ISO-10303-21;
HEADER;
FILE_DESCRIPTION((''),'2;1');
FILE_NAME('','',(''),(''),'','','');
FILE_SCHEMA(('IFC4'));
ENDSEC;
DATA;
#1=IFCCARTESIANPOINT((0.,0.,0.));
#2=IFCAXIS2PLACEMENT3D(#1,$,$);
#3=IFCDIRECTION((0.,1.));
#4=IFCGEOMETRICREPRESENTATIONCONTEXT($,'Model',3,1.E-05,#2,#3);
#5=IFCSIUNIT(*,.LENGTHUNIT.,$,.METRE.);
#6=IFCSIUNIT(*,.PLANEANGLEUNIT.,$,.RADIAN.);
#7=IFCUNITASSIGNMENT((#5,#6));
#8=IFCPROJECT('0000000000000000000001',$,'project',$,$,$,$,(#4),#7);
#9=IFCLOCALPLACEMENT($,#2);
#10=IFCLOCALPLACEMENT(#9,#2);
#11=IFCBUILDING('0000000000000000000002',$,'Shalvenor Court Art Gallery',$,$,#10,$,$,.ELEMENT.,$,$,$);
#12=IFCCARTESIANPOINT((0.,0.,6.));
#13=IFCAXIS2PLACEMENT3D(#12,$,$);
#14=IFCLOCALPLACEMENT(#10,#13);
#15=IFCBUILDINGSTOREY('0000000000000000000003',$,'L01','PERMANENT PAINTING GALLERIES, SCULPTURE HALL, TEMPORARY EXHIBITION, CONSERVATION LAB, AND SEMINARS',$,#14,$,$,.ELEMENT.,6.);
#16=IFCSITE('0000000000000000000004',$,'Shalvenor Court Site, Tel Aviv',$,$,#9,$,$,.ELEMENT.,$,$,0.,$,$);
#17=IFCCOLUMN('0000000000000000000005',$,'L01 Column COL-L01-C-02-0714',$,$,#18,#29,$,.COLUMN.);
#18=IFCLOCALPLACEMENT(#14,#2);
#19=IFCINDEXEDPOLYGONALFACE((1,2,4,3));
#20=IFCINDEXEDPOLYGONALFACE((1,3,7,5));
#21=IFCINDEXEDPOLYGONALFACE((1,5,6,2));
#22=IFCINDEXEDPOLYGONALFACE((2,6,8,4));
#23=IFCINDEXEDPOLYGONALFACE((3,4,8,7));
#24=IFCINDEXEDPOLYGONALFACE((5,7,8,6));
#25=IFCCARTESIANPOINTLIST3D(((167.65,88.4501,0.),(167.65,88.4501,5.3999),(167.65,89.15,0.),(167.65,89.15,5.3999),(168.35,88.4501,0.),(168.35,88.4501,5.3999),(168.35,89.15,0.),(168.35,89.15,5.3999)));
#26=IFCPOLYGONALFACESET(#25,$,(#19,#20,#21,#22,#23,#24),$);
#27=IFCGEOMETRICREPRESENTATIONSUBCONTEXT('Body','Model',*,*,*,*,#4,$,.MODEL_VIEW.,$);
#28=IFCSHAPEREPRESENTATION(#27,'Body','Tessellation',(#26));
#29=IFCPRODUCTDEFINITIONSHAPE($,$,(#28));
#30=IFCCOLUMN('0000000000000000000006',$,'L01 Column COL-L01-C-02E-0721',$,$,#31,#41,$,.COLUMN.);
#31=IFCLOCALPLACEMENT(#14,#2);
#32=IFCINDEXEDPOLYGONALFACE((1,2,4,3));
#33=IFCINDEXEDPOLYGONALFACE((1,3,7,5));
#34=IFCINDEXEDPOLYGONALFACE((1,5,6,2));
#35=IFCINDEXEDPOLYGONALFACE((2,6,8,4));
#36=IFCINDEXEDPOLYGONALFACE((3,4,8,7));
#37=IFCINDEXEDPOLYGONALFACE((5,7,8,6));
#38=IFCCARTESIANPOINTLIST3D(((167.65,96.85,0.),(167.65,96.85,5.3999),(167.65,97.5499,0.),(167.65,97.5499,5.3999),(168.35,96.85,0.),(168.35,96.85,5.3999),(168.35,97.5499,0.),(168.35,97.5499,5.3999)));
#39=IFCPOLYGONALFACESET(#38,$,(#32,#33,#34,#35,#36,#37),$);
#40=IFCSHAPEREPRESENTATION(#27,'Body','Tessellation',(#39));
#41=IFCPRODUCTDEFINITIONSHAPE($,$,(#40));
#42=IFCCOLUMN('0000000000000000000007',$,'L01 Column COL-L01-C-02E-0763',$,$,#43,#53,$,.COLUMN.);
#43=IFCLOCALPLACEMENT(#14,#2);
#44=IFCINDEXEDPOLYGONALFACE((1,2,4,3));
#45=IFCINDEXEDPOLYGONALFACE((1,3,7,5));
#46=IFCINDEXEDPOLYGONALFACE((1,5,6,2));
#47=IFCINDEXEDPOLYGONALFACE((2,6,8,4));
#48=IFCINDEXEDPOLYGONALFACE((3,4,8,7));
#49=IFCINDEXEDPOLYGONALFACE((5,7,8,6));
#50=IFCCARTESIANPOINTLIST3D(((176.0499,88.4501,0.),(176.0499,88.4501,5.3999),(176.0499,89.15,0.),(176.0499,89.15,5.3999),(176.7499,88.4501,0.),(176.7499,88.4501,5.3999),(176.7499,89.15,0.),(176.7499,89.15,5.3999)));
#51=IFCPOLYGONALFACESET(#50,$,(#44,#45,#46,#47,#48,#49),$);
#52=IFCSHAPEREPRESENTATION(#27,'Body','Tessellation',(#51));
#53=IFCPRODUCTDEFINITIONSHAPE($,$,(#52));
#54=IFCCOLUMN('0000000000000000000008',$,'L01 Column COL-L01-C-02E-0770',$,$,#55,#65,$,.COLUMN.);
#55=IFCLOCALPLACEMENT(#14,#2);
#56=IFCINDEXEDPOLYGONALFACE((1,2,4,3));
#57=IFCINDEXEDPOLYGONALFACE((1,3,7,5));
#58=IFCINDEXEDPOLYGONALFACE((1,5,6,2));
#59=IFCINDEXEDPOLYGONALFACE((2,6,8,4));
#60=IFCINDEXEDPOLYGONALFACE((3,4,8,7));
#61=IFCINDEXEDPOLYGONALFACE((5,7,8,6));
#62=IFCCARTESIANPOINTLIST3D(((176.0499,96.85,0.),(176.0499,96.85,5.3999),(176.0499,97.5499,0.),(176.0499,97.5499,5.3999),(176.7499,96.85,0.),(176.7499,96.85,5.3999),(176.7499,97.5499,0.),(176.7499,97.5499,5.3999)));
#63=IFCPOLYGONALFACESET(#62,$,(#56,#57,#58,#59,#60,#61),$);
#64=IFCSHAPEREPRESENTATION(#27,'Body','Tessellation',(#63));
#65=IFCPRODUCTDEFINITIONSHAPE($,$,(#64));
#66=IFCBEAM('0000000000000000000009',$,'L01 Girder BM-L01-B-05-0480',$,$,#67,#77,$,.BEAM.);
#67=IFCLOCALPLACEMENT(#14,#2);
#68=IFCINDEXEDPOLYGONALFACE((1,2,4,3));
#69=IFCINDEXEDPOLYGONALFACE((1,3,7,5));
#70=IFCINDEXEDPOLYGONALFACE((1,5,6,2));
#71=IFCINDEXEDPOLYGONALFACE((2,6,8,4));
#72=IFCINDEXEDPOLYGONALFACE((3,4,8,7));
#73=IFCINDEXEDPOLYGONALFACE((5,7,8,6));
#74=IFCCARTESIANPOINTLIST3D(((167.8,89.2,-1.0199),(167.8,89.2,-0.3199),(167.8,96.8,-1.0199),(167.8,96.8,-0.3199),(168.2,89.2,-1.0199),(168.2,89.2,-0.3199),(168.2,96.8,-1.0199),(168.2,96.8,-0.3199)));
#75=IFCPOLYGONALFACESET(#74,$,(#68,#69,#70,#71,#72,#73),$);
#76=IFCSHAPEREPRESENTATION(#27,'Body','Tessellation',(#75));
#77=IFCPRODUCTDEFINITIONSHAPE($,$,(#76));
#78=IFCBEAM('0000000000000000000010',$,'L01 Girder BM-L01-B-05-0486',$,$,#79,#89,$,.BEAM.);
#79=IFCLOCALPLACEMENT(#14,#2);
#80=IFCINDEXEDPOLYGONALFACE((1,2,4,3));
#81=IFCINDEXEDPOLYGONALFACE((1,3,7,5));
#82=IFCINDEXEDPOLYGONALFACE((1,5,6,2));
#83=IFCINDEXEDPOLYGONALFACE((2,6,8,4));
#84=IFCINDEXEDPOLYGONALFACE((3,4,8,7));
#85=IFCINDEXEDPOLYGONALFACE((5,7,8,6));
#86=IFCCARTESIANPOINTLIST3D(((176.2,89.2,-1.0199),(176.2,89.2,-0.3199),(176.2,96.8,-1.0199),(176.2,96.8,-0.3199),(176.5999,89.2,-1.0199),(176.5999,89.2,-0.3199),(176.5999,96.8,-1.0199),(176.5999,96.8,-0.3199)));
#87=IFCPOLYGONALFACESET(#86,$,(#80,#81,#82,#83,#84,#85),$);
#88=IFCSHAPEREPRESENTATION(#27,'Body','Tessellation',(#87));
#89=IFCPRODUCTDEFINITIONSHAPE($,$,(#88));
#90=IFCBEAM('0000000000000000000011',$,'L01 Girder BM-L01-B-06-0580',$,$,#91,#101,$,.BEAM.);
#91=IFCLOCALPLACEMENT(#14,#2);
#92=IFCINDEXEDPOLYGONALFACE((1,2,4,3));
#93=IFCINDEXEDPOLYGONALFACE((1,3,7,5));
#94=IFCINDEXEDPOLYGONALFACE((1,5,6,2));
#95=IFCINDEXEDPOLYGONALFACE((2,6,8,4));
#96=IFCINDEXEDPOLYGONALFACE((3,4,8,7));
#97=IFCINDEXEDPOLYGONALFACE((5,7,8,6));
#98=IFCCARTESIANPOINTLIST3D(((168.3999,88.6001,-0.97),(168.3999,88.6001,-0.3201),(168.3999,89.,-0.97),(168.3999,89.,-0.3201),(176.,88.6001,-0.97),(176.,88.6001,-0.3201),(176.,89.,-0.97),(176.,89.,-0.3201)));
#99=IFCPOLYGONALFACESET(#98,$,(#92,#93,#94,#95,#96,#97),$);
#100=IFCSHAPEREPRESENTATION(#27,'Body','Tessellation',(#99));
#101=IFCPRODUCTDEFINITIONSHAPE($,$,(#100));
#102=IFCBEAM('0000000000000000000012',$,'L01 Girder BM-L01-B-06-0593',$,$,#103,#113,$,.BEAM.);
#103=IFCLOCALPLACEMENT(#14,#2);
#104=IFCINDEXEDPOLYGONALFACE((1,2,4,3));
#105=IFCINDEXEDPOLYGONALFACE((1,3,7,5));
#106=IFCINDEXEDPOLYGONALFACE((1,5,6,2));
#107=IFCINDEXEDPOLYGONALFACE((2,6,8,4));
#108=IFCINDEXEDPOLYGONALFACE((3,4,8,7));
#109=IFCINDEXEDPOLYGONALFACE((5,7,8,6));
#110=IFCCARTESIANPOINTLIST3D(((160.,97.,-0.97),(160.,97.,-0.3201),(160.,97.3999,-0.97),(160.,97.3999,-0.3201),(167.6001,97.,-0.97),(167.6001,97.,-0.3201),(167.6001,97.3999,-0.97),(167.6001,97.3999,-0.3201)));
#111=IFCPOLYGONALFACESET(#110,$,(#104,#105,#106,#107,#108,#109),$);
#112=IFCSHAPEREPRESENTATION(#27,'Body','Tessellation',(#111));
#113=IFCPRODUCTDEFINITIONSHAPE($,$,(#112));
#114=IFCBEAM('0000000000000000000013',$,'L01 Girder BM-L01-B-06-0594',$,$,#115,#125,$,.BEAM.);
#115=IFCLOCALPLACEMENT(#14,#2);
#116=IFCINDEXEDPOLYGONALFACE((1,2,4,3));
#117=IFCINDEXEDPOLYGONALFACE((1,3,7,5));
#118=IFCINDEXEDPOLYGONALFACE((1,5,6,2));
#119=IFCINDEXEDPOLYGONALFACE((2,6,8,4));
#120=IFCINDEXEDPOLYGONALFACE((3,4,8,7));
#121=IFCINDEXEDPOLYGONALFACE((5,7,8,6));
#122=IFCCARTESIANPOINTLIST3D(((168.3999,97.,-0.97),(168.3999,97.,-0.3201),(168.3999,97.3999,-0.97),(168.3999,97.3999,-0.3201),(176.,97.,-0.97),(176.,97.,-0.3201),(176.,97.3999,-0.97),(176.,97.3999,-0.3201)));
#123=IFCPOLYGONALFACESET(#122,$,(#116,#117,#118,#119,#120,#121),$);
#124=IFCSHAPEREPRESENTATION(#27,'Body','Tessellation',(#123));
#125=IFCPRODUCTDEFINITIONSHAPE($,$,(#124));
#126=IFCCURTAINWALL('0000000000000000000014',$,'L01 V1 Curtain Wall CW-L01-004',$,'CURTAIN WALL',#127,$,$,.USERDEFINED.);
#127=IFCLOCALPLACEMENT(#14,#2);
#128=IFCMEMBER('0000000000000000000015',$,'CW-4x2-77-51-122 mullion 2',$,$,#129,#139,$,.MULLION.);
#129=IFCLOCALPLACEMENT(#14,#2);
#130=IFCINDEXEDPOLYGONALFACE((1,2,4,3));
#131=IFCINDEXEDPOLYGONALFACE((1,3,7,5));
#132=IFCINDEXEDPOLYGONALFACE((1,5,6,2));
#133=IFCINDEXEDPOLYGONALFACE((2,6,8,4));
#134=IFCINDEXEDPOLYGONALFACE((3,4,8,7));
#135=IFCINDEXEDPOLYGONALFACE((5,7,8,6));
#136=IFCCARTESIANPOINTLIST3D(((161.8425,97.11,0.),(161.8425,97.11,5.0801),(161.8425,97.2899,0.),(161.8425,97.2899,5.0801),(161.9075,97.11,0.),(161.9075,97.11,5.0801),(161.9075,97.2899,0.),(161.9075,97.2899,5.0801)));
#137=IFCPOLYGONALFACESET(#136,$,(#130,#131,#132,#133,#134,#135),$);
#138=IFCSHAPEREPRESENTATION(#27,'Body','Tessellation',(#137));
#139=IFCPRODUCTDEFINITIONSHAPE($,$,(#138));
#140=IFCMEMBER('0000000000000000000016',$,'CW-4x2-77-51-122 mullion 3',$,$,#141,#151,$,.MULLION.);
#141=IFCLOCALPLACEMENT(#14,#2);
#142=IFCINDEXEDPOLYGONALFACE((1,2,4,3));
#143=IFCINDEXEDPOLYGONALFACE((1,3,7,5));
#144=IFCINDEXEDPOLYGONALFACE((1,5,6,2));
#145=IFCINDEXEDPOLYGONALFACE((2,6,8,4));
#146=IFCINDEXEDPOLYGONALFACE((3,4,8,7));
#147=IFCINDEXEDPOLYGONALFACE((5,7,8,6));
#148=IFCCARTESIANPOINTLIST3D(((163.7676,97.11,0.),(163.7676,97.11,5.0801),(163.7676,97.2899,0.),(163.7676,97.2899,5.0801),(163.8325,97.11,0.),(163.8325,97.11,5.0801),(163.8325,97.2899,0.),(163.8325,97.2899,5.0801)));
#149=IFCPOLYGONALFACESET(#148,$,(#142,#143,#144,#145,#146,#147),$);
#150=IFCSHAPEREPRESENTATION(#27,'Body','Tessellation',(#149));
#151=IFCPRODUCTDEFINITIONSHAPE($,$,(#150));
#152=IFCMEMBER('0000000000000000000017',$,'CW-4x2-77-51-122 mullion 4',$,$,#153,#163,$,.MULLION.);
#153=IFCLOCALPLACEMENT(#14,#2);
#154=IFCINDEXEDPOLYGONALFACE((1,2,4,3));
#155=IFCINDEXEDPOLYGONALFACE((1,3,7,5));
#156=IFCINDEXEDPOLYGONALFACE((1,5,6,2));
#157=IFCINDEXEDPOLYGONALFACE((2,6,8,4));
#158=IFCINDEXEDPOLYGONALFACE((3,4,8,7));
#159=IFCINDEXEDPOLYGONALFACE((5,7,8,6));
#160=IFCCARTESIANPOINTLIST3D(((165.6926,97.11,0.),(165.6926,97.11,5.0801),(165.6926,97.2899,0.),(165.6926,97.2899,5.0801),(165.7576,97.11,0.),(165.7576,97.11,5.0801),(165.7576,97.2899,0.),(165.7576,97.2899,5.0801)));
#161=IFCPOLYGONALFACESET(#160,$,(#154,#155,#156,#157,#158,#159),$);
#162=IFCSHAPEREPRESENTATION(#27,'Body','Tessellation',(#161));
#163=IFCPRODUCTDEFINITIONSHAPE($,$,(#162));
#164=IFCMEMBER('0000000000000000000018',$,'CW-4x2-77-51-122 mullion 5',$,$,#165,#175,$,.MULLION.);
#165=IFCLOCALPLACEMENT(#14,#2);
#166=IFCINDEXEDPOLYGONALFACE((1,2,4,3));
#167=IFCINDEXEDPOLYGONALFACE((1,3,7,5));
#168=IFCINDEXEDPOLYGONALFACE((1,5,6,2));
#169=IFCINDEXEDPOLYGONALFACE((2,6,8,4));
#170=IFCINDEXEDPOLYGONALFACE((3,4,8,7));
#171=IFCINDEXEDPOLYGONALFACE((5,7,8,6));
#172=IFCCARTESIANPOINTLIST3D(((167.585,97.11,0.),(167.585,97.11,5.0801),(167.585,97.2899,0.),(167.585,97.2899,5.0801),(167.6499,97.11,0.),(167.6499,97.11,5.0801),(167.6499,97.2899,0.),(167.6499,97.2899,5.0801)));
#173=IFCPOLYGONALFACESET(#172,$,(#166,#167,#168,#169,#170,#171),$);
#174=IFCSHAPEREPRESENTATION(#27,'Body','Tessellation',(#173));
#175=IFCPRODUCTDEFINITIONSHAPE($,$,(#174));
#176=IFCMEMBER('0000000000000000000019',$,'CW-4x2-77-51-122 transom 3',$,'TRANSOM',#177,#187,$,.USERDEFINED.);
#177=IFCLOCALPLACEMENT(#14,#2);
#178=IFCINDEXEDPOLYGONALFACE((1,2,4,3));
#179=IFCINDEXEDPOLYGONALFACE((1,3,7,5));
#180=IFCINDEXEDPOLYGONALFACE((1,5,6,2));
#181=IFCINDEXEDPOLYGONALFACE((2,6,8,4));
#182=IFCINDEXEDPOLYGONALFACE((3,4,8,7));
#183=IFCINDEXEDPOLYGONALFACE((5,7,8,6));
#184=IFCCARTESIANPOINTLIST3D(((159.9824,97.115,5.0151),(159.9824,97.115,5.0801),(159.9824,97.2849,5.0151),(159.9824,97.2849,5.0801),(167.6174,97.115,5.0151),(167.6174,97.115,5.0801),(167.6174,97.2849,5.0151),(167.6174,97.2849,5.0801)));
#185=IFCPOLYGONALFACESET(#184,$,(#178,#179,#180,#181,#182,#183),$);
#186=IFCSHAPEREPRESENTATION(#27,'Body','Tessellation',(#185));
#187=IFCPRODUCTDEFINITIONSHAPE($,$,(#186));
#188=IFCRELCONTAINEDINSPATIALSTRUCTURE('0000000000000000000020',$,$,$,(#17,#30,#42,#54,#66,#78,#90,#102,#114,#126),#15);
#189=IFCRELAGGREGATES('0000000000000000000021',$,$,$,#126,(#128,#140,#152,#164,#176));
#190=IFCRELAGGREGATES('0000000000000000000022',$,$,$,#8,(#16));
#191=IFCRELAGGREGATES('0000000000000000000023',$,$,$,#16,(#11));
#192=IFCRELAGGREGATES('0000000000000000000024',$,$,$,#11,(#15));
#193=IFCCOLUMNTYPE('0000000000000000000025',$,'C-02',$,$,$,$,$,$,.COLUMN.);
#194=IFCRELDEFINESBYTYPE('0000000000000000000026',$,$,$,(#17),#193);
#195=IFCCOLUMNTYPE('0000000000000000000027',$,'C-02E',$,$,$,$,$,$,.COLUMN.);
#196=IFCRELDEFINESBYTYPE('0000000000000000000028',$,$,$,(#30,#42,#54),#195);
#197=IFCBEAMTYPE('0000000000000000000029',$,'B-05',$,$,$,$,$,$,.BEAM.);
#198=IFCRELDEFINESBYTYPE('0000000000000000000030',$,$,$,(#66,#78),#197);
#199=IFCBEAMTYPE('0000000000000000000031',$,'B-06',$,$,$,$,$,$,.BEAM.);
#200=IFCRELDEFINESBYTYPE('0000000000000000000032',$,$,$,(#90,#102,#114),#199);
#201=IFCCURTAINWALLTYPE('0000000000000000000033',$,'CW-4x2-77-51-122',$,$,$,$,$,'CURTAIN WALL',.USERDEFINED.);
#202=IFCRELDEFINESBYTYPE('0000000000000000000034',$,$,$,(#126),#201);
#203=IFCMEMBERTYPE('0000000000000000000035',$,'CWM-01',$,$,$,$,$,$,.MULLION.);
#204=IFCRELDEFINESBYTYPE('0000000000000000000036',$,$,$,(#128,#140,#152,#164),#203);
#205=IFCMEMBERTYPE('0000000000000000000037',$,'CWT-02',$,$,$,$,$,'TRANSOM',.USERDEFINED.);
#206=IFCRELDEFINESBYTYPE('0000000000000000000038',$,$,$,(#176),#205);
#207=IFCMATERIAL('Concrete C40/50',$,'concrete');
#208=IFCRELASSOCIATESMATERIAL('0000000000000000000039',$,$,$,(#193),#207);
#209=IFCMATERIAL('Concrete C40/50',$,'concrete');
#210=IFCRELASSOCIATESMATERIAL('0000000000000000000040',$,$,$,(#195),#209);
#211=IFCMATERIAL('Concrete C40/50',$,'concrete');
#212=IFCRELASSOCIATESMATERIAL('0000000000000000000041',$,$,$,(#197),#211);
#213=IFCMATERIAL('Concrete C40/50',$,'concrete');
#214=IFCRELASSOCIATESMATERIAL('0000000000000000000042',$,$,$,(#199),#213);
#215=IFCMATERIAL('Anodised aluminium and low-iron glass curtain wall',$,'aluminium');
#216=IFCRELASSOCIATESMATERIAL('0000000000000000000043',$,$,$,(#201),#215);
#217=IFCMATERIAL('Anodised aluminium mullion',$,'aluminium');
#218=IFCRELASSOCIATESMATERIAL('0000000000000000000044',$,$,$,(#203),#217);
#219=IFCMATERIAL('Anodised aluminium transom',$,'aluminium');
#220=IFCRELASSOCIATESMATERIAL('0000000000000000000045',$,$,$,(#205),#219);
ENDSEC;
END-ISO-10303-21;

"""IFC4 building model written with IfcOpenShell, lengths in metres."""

from ifc_helpers import new_model, si_unit, direction, frame, origin, origin_2d, place, context, subcontext, project, spatial, rectangle, extrude, material, material_profile, profile_set, type_object, element, aggregate, save


model = new_model("IFC4")

# Units and contexts
model_context = context("Model", 3, precision=1e-05, world=origin(), true_north=direction((0.0, 1.0)))
body_context = subcontext(model_context, "Body", "Model", "MODEL_VIEW")
ifc_project = project(units=[si_unit("LENGTHUNIT", "METRE"), si_unit("PLANEANGLEUNIT", "RADIAN")], contexts=[model_context])

# Site, building, storey
site_placement = place(None, origin())
site = spatial("IfcSite", under=ifc_project, at=site_placement, Name="Shalvenor Court Site, Tel Aviv", CompositionType="ELEMENT", RefElevation=0.0)
building_placement = place(site_placement, origin())
building = spatial("IfcBuilding", under=site, at=building_placement, Name="Shalvenor Court Art Gallery", CompositionType="ELEMENT")
storey_placement = place(building_placement, frame((0.0, 0.0, 6.0)))
storey = spatial("IfcBuildingStorey", under=building, at=storey_placement, Name="L01", Description="PERMANENT PAINTING GALLERIES, SCULPTURE HALL, TEMPORARY EXHIBITION, CONSERVATION LAB, AND SEMINARS", CompositionType="ELEMENT", Elevation=6.0)

# Columns
ifc_material_1 = material(Name="Concrete C40/50", Category="concrete")
ifc_material_profile_1 = material_profile(ifc_material_1, rectangle(XDim=0.7, YDim=0.7, at=origin_2d()), Name="RC 700x700")
ifc_profile_set_1 = profile_set([ifc_material_profile_1], Name="Concrete C40/50")
column_type_1 = type_object("IfcColumnType", Name="C-02", PredefinedType="COLUMN", material=ifc_profile_set_1)
column_placement = place(storey_placement, frame((168.0, 88.8, 0.0), z_axis=(0.0, 0.0, 1.0), x_axis=(1.0, 0.0, 0.0)))
element("IfcColumn", 1, at=column_placement, inside=storey, type_object=column_type_1, Name="L01 Column COL-L01-C-02-0714", PredefinedType="COLUMN", context=body_context, shape_type="SweptSolid", body=[
    extrude(rectangle(XDim=0.7, YDim=0.7, at=origin_2d()), origin(), (0.0, 0.0, 1.0), 5.3999),
])
ifc_material_2 = material(Name="Concrete C40/50", Category="concrete")
ifc_material_profile_2 = material_profile(ifc_material_2, rectangle(XDim=0.7, YDim=0.7, at=origin_2d()), Name="RC 700x700")
ifc_profile_set_2 = profile_set([ifc_material_profile_2], Name="Concrete C40/50")
column_type_2 = type_object("IfcColumnType", Name="C-02E", PredefinedType="COLUMN", material=ifc_profile_set_2)
for number, where, z_axis, x_axis, name in (
    (2, (168.0, 97.2, 0.0), (0.0, 0.0, 1.0), (1.0, 0.0, 0.0), "L01 Column COL-L01-C-02E-0721"),
    (3, (176.3999, 88.8, 0.0), (0.0, 0.0, 1.0), (1.0, 0.0, 0.0), "L01 Column COL-L01-C-02E-0763"),
    (4, (176.3999, 97.2, 0.0), (0.0, 0.0, 1.0), (1.0, 0.0, 0.0), "L01 Column COL-L01-C-02E-0770"),
):
    element("IfcColumn", number, at=place(storey_placement, frame(where, z_axis=z_axis, x_axis=x_axis)), inside=storey, type_object=column_type_2, Name=name, PredefinedType="COLUMN", context=body_context, shape_type="SweptSolid", body=[
        extrude(rectangle(XDim=0.7, YDim=0.7, at=origin_2d()), origin(), (0.0, 0.0, 1.0), 5.3999),
    ])

# Beams
ifc_material_3 = material(Name="Concrete C40/50", Category="concrete")
ifc_material_profile_3 = material_profile(ifc_material_3, rectangle(XDim=0.3999, YDim=0.7, at=origin_2d()), Name="RC 400x700")
ifc_profile_set_3 = profile_set([ifc_material_profile_3], Name="Concrete C40/50")
beam_type_1 = type_object("IfcBeamType", Name="B-05", PredefinedType="BEAM", material=ifc_profile_set_3)
for number, where, z_axis, x_axis, name in (
    (5, (168.0, 89.2, -0.6699), (0.0, 1.0, 0.0), (-1.0, 0.0, 0.0), "L01 Girder BM-L01-B-05-0480"),
    (6, (176.3999, 89.2, -0.6699), (0.0, 1.0, 0.0), (-1.0, 0.0, 0.0), "L01 Girder BM-L01-B-05-0486"),
):
    element("IfcBeam", number, at=place(storey_placement, frame(where, z_axis=z_axis, x_axis=x_axis)), inside=storey, type_object=beam_type_1, Name=name, PredefinedType="BEAM", context=body_context, shape_type="SweptSolid", body=[
        extrude(rectangle(XDim=0.3999, YDim=0.7, at=origin_2d()), origin(), (0.0, 0.0, 1.0), 7.6001),
    ])
ifc_material_4 = material(Name="Concrete C40/50", Category="concrete")
ifc_material_profile_4 = material_profile(ifc_material_4, rectangle(XDim=0.3999, YDim=0.6499, at=origin_2d()), Name="RC 400x650")
ifc_profile_set_4 = profile_set([ifc_material_profile_4], Name="Concrete C40/50")
beam_type_2 = type_object("IfcBeamType", Name="B-06", PredefinedType="BEAM", material=ifc_profile_set_4)
for number, where, z_axis, x_axis, name in (
    (7, (168.3999, 88.8, -0.645), (1.0, 0.0, 0.0), (0.0, 1.0, 0.0), "L01 Girder BM-L01-B-06-0580"),
    (8, (160.0, 97.2, -0.645), (1.0, 0.0, 0.0), (0.0, 1.0, 0.0), "L01 Girder BM-L01-B-06-0593"),
    (9, (168.3999, 97.2, -0.645), (1.0, 0.0, 0.0), (0.0, 1.0, 0.0), "L01 Girder BM-L01-B-06-0594"),
):
    element("IfcBeam", number, at=place(storey_placement, frame(where, z_axis=z_axis, x_axis=x_axis)), inside=storey, type_object=beam_type_2, Name=name, PredefinedType="BEAM", context=body_context, shape_type="SweptSolid", body=[
        extrude(rectangle(XDim=0.3999, YDim=0.6499, at=origin_2d()), origin(), (0.0, 0.0, 1.0), 7.6001),
    ])

# Curtain wall, members
ifc_material_5 = material(Name="Anodised aluminium and low-iron glass curtain wall", Category="aluminium")
curtain_wall_type = type_object("IfcCurtainWallType", Name="CW-4x2-77-51-122", ElementType="CURTAIN WALL", PredefinedType="USERDEFINED", material=ifc_material_5)
curtain_wall_placement = place(storey_placement, origin())
curtain_wall = element("IfcCurtainWall", 10, at=curtain_wall_placement, inside=storey, type_object=curtain_wall_type, Name="L01 V1 Curtain Wall CW-L01-004", ObjectType="CURTAIN WALL", PredefinedType="USERDEFINED")
ifc_material_6 = material(Name="Anodised aluminium mullion", Category="aluminium")
ifc_material_profile_5 = material_profile(ifc_material_6, rectangle(XDim=0.0649, YDim=0.1799, at=origin_2d()), Name="CWM-01")
ifc_profile_set_5 = profile_set([ifc_material_profile_5], Name="Anodised aluminium mullion")
member_type_1 = type_object("IfcMemberType", Name="CWM-01", PredefinedType="MULLION", material=ifc_profile_set_5)
member_1_placement = place(storey_placement, frame((161.875, 97.2, 0.0), z_axis=(0.0, 0.0, 1.0), x_axis=(1.0, 0.0, 0.0)))
member_1 = element("IfcMember", 11, at=member_1_placement, type_object=member_type_1, Name="CW-4x2-77-51-122 mullion 2", PredefinedType="MULLION", context=body_context, shape_type="SweptSolid", body=[
    extrude(rectangle(XDim=0.0649, YDim=0.1799, at=origin_2d()), origin(), (0.0, 0.0, 1.0), 5.0801),
])
member_2_placement = place(storey_placement, frame((163.8, 97.2, 0.0), z_axis=(0.0, 0.0, 1.0), x_axis=(1.0, 0.0, 0.0)))
member_2 = element("IfcMember", 12, at=member_2_placement, type_object=member_type_1, Name="CW-4x2-77-51-122 mullion 3", PredefinedType="MULLION", context=body_context, shape_type="SweptSolid", body=[
    extrude(rectangle(XDim=0.0649, YDim=0.1799, at=origin_2d()), origin(), (0.0, 0.0, 1.0), 5.0801),
])
member_3_placement = place(storey_placement, frame((165.7251, 97.2, 0.0), z_axis=(0.0, 0.0, 1.0), x_axis=(1.0, 0.0, 0.0)))
member_3 = element("IfcMember", 13, at=member_3_placement, type_object=member_type_1, Name="CW-4x2-77-51-122 mullion 4", PredefinedType="MULLION", context=body_context, shape_type="SweptSolid", body=[
    extrude(rectangle(XDim=0.0649, YDim=0.1799, at=origin_2d()), origin(), (0.0, 0.0, 1.0), 5.0801),
])
member_4_placement = place(storey_placement, frame((167.6174, 97.2, 0.0), z_axis=(0.0, 0.0, 1.0), x_axis=(1.0, 0.0, 0.0)))
member_4 = element("IfcMember", 14, at=member_4_placement, type_object=member_type_1, Name="CW-4x2-77-51-122 mullion 5", PredefinedType="MULLION", context=body_context, shape_type="SweptSolid", body=[
    extrude(rectangle(XDim=0.0649, YDim=0.1799, at=origin_2d()), origin(), (0.0, 0.0, 1.0), 5.0801),
])
ifc_material_7 = material(Name="Anodised aluminium transom", Category="aluminium")
ifc_material_profile_6 = material_profile(ifc_material_7, rectangle(XDim=0.1699, YDim=0.0649, at=origin_2d()), Name="CWT-02")
ifc_profile_set_6 = profile_set([ifc_material_profile_6], Name="Anodised aluminium transom")
member_type_2 = type_object("IfcMemberType", Name="CWT-02", ElementType="TRANSOM", PredefinedType="USERDEFINED", material=ifc_profile_set_6)
member_5_placement = place(storey_placement, frame((159.9824, 97.2, 5.0476), z_axis=(1.0, 0.0, 0.0), x_axis=(0.0, 1.0, 0.0)))
member_5 = element("IfcMember", 15, at=member_5_placement, type_object=member_type_2, Name="CW-4x2-77-51-122 transom 3", ObjectType="TRANSOM", PredefinedType="USERDEFINED", context=body_context, shape_type="SweptSolid", body=[
    extrude(rectangle(XDim=0.1699, YDim=0.0649, at=origin_2d()), origin(), (0.0, 0.0, 1.0), 7.635),
])

aggregate(curtain_wall, [member_1, member_2, member_3, member_4, member_5])

save(model, "model.ifc")
